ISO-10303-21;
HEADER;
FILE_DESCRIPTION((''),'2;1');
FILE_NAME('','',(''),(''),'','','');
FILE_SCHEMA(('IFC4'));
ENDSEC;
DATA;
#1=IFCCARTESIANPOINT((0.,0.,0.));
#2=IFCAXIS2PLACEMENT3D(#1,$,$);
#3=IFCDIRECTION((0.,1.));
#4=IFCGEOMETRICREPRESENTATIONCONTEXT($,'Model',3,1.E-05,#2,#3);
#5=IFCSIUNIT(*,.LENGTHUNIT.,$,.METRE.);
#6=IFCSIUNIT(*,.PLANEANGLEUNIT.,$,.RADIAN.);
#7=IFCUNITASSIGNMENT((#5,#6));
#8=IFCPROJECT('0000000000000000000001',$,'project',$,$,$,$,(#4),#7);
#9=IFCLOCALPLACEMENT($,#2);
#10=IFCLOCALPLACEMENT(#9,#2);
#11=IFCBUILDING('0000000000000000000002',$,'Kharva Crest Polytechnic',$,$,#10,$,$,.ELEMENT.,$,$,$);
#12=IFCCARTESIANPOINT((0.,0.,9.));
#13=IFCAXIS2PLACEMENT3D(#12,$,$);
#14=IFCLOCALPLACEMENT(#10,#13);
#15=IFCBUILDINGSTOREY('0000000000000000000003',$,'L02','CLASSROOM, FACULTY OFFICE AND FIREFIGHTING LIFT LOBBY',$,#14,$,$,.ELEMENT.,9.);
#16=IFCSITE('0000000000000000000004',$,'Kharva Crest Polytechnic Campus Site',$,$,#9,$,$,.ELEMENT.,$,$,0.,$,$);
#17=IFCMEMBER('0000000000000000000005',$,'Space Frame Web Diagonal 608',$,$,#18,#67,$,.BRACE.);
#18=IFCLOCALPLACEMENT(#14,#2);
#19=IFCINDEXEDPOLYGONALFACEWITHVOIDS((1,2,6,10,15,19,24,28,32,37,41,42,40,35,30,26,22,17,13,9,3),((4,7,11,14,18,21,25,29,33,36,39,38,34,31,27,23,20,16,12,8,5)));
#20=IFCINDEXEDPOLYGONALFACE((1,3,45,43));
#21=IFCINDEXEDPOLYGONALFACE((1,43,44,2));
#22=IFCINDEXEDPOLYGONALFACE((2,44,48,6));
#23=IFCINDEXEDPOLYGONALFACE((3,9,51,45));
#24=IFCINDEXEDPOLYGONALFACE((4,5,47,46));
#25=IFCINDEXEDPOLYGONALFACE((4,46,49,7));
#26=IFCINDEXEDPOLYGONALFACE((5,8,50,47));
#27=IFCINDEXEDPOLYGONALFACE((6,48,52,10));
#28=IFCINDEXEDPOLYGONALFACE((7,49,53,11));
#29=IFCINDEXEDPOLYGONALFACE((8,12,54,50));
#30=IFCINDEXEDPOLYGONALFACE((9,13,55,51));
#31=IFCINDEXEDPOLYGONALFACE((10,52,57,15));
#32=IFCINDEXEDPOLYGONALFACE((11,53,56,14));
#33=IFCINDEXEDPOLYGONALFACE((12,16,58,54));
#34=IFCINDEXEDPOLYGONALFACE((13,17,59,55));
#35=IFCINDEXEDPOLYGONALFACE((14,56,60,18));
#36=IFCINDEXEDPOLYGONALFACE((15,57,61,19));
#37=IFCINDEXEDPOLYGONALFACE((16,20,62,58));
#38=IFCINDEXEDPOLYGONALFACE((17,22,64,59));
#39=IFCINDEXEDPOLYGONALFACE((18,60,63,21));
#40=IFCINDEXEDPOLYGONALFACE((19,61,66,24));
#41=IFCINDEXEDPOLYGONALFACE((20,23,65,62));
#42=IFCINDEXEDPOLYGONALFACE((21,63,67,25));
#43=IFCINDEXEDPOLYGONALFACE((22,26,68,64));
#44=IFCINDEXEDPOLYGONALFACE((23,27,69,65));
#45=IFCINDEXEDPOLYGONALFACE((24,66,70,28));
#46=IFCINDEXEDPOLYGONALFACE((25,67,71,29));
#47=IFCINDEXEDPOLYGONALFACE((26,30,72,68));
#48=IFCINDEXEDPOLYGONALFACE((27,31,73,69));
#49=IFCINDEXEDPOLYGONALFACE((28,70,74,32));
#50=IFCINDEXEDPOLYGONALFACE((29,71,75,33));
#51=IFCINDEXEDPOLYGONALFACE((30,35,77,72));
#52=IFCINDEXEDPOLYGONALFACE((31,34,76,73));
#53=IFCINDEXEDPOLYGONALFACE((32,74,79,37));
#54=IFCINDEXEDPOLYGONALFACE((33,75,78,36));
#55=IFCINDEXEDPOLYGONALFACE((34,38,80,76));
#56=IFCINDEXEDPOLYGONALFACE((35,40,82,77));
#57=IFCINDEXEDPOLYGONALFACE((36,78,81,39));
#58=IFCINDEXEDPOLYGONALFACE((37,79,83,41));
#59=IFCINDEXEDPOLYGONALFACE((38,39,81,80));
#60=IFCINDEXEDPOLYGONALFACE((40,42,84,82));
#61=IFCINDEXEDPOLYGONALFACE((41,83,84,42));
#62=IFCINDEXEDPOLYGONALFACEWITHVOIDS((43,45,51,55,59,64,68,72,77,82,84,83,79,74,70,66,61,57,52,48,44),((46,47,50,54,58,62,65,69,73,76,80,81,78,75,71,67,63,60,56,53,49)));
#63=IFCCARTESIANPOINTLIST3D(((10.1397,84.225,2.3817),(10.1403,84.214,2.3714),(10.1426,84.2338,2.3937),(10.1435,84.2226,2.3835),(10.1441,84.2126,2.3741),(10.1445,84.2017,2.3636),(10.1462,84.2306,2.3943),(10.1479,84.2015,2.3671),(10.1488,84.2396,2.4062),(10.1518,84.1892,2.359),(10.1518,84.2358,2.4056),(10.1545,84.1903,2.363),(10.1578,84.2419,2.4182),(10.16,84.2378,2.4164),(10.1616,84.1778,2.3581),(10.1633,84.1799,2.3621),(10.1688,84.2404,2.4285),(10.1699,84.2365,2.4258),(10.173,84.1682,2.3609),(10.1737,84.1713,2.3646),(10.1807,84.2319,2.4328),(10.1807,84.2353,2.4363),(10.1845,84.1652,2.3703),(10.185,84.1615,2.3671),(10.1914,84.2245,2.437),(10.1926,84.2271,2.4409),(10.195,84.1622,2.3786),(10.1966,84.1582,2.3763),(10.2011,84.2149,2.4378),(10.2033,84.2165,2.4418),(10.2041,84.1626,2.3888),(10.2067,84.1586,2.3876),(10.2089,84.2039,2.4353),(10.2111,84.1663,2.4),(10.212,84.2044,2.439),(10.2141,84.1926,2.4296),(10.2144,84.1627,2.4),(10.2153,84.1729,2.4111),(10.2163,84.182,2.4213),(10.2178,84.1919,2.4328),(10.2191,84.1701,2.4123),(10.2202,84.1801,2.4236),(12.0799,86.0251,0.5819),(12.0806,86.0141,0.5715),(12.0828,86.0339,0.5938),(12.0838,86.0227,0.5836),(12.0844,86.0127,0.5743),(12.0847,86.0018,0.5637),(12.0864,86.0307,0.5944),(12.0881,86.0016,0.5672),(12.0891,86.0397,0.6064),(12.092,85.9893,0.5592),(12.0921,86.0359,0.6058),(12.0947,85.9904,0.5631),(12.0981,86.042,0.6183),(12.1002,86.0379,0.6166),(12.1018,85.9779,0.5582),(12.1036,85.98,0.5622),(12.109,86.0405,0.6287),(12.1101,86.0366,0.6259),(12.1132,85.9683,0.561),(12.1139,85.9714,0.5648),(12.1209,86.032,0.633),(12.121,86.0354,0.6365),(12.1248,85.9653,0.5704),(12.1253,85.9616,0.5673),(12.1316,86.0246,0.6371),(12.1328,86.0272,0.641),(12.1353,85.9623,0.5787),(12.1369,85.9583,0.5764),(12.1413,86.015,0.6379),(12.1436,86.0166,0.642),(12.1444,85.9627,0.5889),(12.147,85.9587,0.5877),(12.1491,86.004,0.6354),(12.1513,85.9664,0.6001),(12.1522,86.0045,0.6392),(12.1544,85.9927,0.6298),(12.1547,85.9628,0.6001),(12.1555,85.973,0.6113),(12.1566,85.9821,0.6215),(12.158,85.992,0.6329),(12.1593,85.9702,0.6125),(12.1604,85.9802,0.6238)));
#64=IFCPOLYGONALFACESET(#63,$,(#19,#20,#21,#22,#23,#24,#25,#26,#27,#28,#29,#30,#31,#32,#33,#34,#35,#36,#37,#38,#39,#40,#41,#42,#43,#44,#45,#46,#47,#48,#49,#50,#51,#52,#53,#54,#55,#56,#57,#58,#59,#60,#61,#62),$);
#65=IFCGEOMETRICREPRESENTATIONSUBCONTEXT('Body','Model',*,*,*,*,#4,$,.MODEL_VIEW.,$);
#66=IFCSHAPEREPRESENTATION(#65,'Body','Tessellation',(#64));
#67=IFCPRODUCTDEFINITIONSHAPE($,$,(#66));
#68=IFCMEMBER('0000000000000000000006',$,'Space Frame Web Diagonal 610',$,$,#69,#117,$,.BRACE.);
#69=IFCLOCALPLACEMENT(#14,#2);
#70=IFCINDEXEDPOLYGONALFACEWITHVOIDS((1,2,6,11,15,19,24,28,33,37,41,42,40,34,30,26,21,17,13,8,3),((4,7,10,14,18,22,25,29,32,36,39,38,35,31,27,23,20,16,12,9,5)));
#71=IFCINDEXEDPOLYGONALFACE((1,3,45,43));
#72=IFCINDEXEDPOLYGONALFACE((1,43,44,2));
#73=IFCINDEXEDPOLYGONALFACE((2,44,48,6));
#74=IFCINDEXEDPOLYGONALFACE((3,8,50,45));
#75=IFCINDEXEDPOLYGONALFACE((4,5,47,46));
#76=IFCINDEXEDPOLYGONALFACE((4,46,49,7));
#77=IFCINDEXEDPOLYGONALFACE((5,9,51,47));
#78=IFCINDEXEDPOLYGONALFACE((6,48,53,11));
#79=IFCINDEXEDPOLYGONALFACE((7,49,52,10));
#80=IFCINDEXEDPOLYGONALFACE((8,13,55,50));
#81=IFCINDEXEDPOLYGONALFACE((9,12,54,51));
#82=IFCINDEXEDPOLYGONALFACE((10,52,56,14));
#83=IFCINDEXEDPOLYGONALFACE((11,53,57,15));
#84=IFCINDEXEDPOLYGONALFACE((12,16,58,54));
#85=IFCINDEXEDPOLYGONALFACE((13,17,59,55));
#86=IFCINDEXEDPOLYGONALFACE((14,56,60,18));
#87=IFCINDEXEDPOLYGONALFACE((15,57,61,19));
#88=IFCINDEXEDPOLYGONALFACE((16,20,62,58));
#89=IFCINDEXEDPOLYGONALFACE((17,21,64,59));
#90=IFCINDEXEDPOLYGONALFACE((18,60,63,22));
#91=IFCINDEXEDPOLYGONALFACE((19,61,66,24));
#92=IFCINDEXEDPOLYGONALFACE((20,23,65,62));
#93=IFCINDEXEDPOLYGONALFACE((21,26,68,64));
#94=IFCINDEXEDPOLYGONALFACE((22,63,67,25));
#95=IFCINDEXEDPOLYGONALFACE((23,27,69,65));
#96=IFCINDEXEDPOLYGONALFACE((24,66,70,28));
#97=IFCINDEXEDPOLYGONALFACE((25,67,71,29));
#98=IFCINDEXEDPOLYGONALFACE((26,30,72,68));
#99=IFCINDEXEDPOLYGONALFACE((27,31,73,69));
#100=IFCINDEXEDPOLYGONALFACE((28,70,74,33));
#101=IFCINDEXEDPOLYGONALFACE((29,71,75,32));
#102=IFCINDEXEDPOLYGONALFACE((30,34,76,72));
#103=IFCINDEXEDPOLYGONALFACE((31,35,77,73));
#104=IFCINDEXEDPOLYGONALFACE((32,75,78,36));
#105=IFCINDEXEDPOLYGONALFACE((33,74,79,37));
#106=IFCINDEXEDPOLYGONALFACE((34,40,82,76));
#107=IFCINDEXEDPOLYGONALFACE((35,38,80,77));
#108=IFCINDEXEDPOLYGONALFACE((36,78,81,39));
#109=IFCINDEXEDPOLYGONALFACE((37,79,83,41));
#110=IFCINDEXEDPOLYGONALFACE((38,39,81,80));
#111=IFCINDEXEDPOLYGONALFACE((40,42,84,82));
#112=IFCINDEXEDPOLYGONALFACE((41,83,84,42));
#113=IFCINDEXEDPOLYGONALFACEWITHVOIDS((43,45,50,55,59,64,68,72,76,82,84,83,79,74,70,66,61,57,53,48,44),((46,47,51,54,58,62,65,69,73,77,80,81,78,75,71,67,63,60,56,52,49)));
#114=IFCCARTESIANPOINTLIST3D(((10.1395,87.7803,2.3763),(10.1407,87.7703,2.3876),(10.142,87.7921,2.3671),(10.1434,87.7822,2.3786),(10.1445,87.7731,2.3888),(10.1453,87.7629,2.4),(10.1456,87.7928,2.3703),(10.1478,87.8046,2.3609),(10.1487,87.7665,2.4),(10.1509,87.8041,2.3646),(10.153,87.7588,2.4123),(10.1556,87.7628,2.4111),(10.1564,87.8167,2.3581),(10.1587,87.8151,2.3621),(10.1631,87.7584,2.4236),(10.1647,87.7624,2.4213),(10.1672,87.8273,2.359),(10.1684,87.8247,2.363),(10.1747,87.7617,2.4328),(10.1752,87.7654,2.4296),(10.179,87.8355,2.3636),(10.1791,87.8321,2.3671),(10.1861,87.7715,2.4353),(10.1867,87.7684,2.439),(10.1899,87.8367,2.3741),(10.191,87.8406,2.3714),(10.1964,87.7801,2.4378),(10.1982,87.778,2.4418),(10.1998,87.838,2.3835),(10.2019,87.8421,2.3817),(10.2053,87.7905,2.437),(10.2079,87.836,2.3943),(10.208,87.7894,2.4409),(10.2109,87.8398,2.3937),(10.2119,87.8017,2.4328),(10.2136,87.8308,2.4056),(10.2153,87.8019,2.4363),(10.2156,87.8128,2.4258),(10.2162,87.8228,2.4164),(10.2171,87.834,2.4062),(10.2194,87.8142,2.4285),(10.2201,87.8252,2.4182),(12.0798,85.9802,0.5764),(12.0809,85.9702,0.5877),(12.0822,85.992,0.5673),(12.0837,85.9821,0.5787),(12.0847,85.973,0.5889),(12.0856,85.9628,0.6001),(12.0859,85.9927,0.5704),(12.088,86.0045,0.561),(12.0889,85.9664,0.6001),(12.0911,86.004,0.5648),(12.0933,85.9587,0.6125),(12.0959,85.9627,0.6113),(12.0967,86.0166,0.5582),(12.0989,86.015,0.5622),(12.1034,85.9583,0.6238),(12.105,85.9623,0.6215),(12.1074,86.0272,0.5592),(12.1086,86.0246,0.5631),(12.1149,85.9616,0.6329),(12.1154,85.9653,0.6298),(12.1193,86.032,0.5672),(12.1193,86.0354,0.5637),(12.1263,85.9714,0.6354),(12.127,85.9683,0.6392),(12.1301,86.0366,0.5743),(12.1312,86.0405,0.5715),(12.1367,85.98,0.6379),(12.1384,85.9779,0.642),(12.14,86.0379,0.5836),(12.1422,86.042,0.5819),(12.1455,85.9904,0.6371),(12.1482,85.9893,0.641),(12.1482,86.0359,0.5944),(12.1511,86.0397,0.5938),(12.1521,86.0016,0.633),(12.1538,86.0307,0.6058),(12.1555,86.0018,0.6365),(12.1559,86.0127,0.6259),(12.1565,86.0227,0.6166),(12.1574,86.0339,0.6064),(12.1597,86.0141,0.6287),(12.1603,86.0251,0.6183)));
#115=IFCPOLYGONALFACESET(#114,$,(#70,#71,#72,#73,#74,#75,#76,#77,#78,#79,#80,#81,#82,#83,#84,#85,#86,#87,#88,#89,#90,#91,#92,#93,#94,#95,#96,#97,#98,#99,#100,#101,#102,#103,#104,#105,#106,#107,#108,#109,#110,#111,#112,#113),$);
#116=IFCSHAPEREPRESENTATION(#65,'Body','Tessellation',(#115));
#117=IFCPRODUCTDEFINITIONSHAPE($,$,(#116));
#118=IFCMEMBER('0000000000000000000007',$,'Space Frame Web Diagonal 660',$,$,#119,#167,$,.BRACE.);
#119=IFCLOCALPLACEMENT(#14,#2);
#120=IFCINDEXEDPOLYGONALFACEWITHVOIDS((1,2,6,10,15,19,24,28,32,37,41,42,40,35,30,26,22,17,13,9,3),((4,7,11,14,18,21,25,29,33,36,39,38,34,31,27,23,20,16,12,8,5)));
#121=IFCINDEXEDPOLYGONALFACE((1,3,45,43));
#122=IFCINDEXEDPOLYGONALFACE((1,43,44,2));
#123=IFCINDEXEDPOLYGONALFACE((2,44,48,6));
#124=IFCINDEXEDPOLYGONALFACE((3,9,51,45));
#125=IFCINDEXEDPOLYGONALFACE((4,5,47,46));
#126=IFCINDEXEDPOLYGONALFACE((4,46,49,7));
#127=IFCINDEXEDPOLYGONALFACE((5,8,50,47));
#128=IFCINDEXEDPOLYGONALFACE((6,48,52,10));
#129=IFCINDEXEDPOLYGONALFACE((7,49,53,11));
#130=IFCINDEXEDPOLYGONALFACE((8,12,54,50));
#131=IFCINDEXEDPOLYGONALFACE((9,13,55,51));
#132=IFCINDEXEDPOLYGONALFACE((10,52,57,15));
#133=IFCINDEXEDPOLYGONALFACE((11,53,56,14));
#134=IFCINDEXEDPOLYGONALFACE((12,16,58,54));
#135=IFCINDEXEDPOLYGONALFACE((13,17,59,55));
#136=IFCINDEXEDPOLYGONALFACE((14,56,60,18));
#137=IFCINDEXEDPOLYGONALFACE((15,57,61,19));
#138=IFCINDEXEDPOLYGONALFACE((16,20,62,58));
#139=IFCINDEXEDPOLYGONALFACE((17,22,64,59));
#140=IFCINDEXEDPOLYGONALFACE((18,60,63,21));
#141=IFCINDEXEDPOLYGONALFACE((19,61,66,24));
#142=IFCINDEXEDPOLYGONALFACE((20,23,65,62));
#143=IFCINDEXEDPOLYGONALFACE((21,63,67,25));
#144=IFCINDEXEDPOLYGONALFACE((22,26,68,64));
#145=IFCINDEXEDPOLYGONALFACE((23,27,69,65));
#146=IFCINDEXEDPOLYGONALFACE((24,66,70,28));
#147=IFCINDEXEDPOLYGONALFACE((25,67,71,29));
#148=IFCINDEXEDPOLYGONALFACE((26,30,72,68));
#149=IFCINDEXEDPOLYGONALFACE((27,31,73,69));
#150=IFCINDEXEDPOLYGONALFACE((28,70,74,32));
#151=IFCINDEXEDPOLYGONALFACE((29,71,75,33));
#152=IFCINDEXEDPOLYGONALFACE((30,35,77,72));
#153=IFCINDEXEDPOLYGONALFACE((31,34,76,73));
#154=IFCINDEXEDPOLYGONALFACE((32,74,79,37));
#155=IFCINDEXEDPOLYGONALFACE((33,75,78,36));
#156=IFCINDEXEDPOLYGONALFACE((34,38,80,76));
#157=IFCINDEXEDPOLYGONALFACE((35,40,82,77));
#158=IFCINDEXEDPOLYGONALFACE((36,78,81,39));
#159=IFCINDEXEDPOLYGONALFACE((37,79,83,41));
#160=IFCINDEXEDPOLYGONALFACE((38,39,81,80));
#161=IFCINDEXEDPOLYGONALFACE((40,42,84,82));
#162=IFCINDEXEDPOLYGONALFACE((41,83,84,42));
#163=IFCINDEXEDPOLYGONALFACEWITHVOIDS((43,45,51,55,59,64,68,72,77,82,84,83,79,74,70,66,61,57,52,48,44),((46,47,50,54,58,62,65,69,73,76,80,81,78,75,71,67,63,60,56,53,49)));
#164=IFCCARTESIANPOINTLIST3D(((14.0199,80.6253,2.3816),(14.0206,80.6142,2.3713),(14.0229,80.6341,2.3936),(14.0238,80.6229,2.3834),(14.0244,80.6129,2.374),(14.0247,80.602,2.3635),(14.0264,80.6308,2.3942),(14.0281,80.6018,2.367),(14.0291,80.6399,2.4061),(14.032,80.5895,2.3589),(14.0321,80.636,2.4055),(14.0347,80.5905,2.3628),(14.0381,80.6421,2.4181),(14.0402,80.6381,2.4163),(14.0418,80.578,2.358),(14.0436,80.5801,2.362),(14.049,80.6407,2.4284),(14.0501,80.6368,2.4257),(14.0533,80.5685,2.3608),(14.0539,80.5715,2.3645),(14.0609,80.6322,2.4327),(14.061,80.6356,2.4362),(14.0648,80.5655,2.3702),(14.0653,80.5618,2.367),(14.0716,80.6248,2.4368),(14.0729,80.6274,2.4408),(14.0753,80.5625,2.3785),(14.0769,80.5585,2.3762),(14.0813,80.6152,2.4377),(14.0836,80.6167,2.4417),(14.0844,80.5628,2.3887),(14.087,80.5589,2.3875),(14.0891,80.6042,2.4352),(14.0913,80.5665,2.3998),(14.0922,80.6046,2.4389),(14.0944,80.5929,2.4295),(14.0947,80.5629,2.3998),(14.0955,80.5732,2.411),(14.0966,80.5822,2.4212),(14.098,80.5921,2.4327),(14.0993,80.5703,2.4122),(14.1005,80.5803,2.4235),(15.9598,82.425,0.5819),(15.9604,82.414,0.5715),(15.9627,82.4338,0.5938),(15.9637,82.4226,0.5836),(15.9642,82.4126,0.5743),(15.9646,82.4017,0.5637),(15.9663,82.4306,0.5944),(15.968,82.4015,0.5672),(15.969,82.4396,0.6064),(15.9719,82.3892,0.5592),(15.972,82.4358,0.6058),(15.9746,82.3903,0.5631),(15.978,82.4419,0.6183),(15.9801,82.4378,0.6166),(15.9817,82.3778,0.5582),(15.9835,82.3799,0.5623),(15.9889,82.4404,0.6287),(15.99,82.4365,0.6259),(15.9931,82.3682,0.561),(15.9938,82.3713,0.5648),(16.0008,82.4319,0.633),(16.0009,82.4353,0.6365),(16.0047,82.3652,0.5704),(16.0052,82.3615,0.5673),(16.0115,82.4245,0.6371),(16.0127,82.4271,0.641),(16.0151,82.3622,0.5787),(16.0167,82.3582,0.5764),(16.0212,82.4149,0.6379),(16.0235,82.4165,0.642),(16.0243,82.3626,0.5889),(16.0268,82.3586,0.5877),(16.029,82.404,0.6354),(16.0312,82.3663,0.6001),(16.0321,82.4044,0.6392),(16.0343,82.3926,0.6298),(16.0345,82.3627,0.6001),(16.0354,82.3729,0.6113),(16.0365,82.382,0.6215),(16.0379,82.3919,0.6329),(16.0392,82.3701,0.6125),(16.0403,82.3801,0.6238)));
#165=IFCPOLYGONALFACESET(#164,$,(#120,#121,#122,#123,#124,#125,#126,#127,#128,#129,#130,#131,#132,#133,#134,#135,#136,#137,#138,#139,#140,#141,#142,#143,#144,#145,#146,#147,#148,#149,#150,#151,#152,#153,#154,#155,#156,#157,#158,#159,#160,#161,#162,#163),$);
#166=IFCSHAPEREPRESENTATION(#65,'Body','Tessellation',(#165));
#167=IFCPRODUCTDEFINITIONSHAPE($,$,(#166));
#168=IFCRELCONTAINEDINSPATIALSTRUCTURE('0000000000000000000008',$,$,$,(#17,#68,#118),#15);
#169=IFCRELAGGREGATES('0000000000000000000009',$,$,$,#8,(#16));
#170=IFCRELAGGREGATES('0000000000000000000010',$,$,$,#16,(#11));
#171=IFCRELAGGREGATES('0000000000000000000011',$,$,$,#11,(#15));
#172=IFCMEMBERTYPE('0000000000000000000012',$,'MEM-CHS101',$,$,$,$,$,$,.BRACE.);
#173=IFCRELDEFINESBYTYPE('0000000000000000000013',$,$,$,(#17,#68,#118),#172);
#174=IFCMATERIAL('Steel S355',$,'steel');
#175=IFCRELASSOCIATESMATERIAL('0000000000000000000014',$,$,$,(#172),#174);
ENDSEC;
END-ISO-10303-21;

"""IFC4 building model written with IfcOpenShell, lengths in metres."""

from ifc_helpers import new_model, si_unit, direction, frame, origin, origin_2d, place, context, subcontext, project, spatial, hollow_circle, extrude, material, material_profile, profile_set, type_object, element, save


model = new_model("IFC4")

# Units and contexts
model_context = context("Model", 3, precision=1e-05, world=origin(), true_north=direction((0.0, 1.0)))
body_context = subcontext(model_context, "Body", "Model", "MODEL_VIEW")
ifc_project = project(units=[si_unit("LENGTHUNIT", "METRE"), si_unit("PLANEANGLEUNIT", "RADIAN")], contexts=[model_context])

# Site, building, storey
site_placement = place(None, origin())
site = spatial("IfcSite", under=ifc_project, at=site_placement, Name="Kharva Crest Polytechnic Campus Site", CompositionType="ELEMENT", RefElevation=0.0)
building_placement = place(site_placement, origin())
building = spatial("IfcBuilding", under=site, at=building_placement, Name="Kharva Crest Polytechnic", CompositionType="ELEMENT")
storey_placement = place(building_placement, frame((0.0, 0.0, 9.0)))
storey = spatial("IfcBuildingStorey", under=building, at=storey_placement, Name="L02", Description="CLASSROOM, FACULTY OFFICE AND FIREFIGHTING LIFT LOBBY", CompositionType="ELEMENT", Elevation=9.0)

# Shared definitions
ifc_material_1 = material(Name="Steel S355", Category="steel")

# Members
ifc_material_profile_1 = material_profile(ifc_material_1, hollow_circle(Radius=0.0508, WallThickness=0.0049, at=origin_2d()), Name="CHS 101.6X5.0")
ifc_profile_set_1 = profile_set([ifc_material_profile_1], Name="Steel S355")
member_type_1 = type_object("IfcMemberType", Name="MEM-CHS101", PredefinedType="BRACE", material=ifc_profile_set_1)
for number, where, z_axis, x_axis, name in (
    (1, (12.1201, 86.0, 0.6001), (-0.606196, -0.562411, 0.562335), (0.680136, -0.733086, 0.0), "Space Frame Web Diagonal 608"),
    (2, (12.1201, 86.0, 0.6001), (-0.606196, 0.562411, 0.562335), (-0.680136, -0.733086, 0.0), "Space Frame Web Diagonal 610"),
):
    element("IfcMember", number, at=place(storey_placement, frame(where, z_axis=z_axis, x_axis=x_axis)), inside=storey, type_object=member_type_1, Name=name, PredefinedType="BRACE", context=body_context, shape_type="SweptSolid", body=[
        extrude(hollow_circle(Radius=0.0508, WallThickness=0.0049, at=origin_2d()), origin(), (0.0, 0.0, 1.0), 3.2007),
    ])
member_1_placement = place(storey_placement, frame((16.0, 82.3999, 0.6001), z_axis=(-0.606173, -0.562385, 0.562385), x_axis=(0.680133, -0.733089, 0.0)))
element("IfcMember", 3, at=member_1_placement, inside=storey, type_object=member_type_1, Name="Space Frame Web Diagonal 660", PredefinedType="BRACE", context=body_context, shape_type="SweptSolid", body=[
    extrude(hollow_circle(Radius=0.0508, WallThickness=0.0049, at=origin_2d()), origin(), (0.0, 0.0, 1.0), 3.2002),
])

save(model, "model.ifc")
